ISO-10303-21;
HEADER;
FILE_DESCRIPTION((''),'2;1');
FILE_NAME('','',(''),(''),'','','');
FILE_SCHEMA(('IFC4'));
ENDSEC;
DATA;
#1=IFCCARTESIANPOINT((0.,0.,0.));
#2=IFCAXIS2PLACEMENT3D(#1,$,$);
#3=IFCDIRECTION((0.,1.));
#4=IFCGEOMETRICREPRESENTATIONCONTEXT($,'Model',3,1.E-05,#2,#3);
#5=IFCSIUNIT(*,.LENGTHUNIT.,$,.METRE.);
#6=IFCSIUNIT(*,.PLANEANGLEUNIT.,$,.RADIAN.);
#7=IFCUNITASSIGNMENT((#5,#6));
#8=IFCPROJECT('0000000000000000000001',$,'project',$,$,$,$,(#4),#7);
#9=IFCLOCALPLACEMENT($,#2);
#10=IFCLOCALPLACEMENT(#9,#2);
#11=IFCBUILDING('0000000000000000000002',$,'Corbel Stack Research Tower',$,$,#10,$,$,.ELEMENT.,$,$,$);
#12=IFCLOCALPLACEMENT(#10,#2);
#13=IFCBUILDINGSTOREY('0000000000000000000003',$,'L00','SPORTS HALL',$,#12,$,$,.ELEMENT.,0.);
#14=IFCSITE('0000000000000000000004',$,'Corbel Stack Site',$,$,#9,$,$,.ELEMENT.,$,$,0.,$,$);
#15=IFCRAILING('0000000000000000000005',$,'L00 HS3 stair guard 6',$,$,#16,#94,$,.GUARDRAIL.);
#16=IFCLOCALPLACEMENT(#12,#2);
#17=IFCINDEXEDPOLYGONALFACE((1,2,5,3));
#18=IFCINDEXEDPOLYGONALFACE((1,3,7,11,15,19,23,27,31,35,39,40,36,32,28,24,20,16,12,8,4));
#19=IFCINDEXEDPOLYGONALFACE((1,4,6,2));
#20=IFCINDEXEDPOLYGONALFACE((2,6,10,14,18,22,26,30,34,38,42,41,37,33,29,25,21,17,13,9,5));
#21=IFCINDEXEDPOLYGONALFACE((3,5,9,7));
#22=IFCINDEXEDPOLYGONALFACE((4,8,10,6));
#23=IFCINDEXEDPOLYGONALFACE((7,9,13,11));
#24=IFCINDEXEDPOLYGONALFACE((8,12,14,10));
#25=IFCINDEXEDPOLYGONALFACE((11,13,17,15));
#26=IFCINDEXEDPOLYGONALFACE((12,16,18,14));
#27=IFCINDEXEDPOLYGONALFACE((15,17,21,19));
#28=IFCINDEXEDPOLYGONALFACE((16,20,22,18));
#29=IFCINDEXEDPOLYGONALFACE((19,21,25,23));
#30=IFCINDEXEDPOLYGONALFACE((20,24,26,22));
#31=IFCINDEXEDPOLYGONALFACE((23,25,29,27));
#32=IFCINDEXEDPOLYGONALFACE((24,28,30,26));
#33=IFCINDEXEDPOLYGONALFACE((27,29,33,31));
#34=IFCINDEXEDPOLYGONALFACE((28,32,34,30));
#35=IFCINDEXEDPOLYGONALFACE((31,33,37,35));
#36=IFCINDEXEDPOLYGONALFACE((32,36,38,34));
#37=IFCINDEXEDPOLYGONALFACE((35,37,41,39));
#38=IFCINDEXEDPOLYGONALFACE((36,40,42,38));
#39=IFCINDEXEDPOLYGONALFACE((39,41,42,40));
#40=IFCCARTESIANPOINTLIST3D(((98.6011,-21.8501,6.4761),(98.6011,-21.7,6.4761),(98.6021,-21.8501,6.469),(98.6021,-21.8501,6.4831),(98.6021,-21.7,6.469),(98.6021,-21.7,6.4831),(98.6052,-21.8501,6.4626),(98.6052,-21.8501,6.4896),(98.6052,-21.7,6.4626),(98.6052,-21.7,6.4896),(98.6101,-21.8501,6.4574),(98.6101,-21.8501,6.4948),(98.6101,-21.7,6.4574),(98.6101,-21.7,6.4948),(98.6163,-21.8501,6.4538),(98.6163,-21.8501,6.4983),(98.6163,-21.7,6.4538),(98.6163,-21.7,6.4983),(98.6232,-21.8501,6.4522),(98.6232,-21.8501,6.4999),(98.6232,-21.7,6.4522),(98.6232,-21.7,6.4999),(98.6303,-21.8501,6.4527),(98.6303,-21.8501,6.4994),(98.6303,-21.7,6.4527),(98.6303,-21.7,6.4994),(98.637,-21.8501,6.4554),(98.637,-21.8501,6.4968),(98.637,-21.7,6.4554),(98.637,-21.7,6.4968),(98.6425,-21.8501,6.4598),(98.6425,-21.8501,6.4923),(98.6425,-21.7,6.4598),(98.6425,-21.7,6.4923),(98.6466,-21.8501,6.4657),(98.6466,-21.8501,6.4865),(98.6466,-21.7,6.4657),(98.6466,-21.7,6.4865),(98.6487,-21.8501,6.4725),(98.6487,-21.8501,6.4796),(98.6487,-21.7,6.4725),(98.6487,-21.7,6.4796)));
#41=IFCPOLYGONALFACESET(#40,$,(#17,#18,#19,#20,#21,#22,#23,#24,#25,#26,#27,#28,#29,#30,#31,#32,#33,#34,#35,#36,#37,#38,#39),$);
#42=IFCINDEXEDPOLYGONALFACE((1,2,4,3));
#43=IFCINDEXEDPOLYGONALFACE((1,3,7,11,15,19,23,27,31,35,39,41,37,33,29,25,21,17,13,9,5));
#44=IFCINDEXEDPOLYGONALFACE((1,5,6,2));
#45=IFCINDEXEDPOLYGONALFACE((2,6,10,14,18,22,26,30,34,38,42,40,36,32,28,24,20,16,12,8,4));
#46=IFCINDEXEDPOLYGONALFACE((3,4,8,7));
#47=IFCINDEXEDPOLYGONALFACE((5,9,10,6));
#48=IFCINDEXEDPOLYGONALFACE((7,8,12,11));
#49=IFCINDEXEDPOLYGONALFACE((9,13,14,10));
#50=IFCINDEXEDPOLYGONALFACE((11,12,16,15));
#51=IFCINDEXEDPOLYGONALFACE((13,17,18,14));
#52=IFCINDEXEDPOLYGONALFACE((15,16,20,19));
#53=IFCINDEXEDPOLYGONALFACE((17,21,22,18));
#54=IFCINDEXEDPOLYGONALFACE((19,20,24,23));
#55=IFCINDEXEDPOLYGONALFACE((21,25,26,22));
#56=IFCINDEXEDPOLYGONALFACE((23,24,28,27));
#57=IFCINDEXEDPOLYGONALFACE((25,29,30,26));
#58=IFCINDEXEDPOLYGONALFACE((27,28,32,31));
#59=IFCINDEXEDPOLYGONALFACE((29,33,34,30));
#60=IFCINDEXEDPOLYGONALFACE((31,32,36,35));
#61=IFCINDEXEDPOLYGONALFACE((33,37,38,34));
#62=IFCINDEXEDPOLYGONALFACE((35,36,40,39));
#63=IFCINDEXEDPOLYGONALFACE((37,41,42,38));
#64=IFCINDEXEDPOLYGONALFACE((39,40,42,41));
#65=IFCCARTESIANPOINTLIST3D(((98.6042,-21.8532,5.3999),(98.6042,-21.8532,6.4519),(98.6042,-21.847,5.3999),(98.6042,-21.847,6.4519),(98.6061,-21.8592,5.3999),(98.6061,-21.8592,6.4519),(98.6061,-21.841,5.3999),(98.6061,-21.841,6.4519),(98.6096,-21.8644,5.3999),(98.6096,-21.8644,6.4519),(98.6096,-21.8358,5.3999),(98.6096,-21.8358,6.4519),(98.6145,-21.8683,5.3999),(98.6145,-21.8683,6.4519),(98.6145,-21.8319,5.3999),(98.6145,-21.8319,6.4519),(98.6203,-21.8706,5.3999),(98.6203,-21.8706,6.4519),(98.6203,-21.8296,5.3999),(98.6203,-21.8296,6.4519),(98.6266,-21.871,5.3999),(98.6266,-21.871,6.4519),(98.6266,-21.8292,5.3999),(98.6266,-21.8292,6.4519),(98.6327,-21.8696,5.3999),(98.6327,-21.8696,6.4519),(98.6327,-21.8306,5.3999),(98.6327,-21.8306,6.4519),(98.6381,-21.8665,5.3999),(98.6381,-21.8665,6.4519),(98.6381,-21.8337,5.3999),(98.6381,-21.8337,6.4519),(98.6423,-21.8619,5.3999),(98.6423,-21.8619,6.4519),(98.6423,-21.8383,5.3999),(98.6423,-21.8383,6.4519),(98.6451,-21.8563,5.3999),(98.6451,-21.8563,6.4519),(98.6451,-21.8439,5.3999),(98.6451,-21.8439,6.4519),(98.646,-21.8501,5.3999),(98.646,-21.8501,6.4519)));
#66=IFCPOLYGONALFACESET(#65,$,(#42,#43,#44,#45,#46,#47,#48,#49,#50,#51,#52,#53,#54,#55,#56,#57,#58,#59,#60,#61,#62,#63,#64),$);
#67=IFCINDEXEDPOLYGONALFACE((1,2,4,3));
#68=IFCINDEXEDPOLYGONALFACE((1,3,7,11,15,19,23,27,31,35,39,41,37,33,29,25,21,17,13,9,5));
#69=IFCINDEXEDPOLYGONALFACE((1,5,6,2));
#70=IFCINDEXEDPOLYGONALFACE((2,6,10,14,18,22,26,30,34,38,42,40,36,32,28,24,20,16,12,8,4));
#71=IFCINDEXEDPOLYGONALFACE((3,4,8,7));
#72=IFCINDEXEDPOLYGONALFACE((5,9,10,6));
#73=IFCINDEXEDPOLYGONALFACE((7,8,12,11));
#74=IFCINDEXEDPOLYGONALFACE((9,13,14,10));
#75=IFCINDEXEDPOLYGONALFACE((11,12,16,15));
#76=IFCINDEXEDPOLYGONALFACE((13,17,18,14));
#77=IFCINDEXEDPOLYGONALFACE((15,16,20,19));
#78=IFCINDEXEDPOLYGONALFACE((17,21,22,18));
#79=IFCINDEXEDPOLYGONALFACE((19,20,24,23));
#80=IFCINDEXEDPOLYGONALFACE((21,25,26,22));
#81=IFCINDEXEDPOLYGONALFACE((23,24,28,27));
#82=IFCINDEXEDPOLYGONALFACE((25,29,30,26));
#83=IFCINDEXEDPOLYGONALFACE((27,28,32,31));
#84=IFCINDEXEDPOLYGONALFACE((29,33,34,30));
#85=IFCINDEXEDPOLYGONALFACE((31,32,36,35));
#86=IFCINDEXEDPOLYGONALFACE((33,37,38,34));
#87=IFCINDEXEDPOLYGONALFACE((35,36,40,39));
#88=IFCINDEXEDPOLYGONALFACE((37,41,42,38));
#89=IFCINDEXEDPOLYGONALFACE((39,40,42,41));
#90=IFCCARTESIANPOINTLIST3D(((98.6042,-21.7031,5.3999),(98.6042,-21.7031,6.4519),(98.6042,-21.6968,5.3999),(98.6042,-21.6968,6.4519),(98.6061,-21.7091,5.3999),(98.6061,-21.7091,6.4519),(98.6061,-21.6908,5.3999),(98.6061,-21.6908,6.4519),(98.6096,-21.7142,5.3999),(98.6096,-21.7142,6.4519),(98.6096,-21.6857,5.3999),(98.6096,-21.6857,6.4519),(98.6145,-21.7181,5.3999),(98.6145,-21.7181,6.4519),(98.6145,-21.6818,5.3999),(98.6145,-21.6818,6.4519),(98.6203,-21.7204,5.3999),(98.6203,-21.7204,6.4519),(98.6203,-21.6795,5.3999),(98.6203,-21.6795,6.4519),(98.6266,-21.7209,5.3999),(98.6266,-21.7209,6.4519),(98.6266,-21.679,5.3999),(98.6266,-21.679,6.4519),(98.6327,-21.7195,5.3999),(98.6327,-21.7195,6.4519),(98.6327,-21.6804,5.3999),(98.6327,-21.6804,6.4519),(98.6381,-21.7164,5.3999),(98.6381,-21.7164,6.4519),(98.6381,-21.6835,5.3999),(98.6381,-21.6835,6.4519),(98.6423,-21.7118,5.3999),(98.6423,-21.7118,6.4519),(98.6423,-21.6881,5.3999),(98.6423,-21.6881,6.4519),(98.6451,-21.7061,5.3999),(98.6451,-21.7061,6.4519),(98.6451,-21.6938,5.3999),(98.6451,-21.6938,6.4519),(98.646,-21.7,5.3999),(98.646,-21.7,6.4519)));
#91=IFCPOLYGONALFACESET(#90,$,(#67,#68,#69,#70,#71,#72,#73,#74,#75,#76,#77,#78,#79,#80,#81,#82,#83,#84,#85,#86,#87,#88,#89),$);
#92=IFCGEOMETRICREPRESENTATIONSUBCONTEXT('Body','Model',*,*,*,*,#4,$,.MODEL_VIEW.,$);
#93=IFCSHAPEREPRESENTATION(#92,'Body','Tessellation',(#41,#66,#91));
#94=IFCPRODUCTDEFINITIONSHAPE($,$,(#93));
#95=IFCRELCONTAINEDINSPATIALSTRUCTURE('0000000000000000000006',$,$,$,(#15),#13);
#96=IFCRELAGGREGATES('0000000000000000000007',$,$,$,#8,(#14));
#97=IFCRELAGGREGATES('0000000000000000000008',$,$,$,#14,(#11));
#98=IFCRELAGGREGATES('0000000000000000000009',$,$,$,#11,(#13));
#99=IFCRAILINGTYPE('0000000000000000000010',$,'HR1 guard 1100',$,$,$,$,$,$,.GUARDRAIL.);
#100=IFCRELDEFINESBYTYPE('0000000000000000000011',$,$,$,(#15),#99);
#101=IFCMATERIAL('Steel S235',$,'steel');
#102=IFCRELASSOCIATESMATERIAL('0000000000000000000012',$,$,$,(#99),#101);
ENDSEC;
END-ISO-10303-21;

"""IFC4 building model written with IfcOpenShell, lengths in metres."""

from ifc_helpers import new_model, si_unit, direction, frame, origin, origin_2d, place, context, subcontext, project, spatial, circle, extrude, material, type_object, element, save


model = new_model("IFC4")

# Units and contexts
model_context = context("Model", 3, precision=1e-05, world=origin(), true_north=direction((0.0, 1.0)))
body_context = subcontext(model_context, "Body", "Model", "MODEL_VIEW")
ifc_project = project(units=[si_unit("LENGTHUNIT", "METRE"), si_unit("PLANEANGLEUNIT", "RADIAN")], contexts=[model_context])

# Site, building, storey
site_placement = place(None, origin())
site = spatial("IfcSite", under=ifc_project, at=site_placement, Name="Corbel Stack Site", CompositionType="ELEMENT", RefElevation=0.0)
building_placement = place(site_placement, origin())
building = spatial("IfcBuilding", under=site, at=building_placement, Name="Corbel Stack Research Tower", CompositionType="ELEMENT")
storey_placement = place(building_placement, origin())
storey = spatial("IfcBuildingStorey", under=building, at=storey_placement, Name="L00", Description="SPORTS HALL", CompositionType="ELEMENT", Elevation=0.0)

# Railing
ifc_material_1 = material(Name="Steel S235", Category="steel")
railing_type_1 = type_object("IfcRailingType", Name="HR1 guard 1100", PredefinedType="GUARDRAIL", material=ifc_material_1)
railing_1_placement = place(storey_placement, frame((98.625, -21.8501, 5.3999)))
element("IfcRailing", 1, at=railing_1_placement, inside=storey, type_object=railing_type_1, Name="L00 HS3 stair guard 6", PredefinedType="GUARDRAIL", context=body_context, shape_type="SweptSolid", body=[
    extrude(circle(Radius=0.0239, at=origin_2d()), frame((0.0, 0.0, 1.0762), z_axis=(0.0, 1.0, 0.0), x_axis=(-1.0, 0.0, 0.0)), (0.0, 0.0, 1.0), 0.1501),
    extrude(circle(Radius=0.021, at=origin_2d()), origin(), (0.0, 0.0, 1.0), 1.052),
    extrude(circle(Radius=0.021, at=origin_2d()), frame((0.0, 0.1501, 0.0)), (0.0, 0.0, 1.0), 1.052),
])

save(model, "model.ifc")
